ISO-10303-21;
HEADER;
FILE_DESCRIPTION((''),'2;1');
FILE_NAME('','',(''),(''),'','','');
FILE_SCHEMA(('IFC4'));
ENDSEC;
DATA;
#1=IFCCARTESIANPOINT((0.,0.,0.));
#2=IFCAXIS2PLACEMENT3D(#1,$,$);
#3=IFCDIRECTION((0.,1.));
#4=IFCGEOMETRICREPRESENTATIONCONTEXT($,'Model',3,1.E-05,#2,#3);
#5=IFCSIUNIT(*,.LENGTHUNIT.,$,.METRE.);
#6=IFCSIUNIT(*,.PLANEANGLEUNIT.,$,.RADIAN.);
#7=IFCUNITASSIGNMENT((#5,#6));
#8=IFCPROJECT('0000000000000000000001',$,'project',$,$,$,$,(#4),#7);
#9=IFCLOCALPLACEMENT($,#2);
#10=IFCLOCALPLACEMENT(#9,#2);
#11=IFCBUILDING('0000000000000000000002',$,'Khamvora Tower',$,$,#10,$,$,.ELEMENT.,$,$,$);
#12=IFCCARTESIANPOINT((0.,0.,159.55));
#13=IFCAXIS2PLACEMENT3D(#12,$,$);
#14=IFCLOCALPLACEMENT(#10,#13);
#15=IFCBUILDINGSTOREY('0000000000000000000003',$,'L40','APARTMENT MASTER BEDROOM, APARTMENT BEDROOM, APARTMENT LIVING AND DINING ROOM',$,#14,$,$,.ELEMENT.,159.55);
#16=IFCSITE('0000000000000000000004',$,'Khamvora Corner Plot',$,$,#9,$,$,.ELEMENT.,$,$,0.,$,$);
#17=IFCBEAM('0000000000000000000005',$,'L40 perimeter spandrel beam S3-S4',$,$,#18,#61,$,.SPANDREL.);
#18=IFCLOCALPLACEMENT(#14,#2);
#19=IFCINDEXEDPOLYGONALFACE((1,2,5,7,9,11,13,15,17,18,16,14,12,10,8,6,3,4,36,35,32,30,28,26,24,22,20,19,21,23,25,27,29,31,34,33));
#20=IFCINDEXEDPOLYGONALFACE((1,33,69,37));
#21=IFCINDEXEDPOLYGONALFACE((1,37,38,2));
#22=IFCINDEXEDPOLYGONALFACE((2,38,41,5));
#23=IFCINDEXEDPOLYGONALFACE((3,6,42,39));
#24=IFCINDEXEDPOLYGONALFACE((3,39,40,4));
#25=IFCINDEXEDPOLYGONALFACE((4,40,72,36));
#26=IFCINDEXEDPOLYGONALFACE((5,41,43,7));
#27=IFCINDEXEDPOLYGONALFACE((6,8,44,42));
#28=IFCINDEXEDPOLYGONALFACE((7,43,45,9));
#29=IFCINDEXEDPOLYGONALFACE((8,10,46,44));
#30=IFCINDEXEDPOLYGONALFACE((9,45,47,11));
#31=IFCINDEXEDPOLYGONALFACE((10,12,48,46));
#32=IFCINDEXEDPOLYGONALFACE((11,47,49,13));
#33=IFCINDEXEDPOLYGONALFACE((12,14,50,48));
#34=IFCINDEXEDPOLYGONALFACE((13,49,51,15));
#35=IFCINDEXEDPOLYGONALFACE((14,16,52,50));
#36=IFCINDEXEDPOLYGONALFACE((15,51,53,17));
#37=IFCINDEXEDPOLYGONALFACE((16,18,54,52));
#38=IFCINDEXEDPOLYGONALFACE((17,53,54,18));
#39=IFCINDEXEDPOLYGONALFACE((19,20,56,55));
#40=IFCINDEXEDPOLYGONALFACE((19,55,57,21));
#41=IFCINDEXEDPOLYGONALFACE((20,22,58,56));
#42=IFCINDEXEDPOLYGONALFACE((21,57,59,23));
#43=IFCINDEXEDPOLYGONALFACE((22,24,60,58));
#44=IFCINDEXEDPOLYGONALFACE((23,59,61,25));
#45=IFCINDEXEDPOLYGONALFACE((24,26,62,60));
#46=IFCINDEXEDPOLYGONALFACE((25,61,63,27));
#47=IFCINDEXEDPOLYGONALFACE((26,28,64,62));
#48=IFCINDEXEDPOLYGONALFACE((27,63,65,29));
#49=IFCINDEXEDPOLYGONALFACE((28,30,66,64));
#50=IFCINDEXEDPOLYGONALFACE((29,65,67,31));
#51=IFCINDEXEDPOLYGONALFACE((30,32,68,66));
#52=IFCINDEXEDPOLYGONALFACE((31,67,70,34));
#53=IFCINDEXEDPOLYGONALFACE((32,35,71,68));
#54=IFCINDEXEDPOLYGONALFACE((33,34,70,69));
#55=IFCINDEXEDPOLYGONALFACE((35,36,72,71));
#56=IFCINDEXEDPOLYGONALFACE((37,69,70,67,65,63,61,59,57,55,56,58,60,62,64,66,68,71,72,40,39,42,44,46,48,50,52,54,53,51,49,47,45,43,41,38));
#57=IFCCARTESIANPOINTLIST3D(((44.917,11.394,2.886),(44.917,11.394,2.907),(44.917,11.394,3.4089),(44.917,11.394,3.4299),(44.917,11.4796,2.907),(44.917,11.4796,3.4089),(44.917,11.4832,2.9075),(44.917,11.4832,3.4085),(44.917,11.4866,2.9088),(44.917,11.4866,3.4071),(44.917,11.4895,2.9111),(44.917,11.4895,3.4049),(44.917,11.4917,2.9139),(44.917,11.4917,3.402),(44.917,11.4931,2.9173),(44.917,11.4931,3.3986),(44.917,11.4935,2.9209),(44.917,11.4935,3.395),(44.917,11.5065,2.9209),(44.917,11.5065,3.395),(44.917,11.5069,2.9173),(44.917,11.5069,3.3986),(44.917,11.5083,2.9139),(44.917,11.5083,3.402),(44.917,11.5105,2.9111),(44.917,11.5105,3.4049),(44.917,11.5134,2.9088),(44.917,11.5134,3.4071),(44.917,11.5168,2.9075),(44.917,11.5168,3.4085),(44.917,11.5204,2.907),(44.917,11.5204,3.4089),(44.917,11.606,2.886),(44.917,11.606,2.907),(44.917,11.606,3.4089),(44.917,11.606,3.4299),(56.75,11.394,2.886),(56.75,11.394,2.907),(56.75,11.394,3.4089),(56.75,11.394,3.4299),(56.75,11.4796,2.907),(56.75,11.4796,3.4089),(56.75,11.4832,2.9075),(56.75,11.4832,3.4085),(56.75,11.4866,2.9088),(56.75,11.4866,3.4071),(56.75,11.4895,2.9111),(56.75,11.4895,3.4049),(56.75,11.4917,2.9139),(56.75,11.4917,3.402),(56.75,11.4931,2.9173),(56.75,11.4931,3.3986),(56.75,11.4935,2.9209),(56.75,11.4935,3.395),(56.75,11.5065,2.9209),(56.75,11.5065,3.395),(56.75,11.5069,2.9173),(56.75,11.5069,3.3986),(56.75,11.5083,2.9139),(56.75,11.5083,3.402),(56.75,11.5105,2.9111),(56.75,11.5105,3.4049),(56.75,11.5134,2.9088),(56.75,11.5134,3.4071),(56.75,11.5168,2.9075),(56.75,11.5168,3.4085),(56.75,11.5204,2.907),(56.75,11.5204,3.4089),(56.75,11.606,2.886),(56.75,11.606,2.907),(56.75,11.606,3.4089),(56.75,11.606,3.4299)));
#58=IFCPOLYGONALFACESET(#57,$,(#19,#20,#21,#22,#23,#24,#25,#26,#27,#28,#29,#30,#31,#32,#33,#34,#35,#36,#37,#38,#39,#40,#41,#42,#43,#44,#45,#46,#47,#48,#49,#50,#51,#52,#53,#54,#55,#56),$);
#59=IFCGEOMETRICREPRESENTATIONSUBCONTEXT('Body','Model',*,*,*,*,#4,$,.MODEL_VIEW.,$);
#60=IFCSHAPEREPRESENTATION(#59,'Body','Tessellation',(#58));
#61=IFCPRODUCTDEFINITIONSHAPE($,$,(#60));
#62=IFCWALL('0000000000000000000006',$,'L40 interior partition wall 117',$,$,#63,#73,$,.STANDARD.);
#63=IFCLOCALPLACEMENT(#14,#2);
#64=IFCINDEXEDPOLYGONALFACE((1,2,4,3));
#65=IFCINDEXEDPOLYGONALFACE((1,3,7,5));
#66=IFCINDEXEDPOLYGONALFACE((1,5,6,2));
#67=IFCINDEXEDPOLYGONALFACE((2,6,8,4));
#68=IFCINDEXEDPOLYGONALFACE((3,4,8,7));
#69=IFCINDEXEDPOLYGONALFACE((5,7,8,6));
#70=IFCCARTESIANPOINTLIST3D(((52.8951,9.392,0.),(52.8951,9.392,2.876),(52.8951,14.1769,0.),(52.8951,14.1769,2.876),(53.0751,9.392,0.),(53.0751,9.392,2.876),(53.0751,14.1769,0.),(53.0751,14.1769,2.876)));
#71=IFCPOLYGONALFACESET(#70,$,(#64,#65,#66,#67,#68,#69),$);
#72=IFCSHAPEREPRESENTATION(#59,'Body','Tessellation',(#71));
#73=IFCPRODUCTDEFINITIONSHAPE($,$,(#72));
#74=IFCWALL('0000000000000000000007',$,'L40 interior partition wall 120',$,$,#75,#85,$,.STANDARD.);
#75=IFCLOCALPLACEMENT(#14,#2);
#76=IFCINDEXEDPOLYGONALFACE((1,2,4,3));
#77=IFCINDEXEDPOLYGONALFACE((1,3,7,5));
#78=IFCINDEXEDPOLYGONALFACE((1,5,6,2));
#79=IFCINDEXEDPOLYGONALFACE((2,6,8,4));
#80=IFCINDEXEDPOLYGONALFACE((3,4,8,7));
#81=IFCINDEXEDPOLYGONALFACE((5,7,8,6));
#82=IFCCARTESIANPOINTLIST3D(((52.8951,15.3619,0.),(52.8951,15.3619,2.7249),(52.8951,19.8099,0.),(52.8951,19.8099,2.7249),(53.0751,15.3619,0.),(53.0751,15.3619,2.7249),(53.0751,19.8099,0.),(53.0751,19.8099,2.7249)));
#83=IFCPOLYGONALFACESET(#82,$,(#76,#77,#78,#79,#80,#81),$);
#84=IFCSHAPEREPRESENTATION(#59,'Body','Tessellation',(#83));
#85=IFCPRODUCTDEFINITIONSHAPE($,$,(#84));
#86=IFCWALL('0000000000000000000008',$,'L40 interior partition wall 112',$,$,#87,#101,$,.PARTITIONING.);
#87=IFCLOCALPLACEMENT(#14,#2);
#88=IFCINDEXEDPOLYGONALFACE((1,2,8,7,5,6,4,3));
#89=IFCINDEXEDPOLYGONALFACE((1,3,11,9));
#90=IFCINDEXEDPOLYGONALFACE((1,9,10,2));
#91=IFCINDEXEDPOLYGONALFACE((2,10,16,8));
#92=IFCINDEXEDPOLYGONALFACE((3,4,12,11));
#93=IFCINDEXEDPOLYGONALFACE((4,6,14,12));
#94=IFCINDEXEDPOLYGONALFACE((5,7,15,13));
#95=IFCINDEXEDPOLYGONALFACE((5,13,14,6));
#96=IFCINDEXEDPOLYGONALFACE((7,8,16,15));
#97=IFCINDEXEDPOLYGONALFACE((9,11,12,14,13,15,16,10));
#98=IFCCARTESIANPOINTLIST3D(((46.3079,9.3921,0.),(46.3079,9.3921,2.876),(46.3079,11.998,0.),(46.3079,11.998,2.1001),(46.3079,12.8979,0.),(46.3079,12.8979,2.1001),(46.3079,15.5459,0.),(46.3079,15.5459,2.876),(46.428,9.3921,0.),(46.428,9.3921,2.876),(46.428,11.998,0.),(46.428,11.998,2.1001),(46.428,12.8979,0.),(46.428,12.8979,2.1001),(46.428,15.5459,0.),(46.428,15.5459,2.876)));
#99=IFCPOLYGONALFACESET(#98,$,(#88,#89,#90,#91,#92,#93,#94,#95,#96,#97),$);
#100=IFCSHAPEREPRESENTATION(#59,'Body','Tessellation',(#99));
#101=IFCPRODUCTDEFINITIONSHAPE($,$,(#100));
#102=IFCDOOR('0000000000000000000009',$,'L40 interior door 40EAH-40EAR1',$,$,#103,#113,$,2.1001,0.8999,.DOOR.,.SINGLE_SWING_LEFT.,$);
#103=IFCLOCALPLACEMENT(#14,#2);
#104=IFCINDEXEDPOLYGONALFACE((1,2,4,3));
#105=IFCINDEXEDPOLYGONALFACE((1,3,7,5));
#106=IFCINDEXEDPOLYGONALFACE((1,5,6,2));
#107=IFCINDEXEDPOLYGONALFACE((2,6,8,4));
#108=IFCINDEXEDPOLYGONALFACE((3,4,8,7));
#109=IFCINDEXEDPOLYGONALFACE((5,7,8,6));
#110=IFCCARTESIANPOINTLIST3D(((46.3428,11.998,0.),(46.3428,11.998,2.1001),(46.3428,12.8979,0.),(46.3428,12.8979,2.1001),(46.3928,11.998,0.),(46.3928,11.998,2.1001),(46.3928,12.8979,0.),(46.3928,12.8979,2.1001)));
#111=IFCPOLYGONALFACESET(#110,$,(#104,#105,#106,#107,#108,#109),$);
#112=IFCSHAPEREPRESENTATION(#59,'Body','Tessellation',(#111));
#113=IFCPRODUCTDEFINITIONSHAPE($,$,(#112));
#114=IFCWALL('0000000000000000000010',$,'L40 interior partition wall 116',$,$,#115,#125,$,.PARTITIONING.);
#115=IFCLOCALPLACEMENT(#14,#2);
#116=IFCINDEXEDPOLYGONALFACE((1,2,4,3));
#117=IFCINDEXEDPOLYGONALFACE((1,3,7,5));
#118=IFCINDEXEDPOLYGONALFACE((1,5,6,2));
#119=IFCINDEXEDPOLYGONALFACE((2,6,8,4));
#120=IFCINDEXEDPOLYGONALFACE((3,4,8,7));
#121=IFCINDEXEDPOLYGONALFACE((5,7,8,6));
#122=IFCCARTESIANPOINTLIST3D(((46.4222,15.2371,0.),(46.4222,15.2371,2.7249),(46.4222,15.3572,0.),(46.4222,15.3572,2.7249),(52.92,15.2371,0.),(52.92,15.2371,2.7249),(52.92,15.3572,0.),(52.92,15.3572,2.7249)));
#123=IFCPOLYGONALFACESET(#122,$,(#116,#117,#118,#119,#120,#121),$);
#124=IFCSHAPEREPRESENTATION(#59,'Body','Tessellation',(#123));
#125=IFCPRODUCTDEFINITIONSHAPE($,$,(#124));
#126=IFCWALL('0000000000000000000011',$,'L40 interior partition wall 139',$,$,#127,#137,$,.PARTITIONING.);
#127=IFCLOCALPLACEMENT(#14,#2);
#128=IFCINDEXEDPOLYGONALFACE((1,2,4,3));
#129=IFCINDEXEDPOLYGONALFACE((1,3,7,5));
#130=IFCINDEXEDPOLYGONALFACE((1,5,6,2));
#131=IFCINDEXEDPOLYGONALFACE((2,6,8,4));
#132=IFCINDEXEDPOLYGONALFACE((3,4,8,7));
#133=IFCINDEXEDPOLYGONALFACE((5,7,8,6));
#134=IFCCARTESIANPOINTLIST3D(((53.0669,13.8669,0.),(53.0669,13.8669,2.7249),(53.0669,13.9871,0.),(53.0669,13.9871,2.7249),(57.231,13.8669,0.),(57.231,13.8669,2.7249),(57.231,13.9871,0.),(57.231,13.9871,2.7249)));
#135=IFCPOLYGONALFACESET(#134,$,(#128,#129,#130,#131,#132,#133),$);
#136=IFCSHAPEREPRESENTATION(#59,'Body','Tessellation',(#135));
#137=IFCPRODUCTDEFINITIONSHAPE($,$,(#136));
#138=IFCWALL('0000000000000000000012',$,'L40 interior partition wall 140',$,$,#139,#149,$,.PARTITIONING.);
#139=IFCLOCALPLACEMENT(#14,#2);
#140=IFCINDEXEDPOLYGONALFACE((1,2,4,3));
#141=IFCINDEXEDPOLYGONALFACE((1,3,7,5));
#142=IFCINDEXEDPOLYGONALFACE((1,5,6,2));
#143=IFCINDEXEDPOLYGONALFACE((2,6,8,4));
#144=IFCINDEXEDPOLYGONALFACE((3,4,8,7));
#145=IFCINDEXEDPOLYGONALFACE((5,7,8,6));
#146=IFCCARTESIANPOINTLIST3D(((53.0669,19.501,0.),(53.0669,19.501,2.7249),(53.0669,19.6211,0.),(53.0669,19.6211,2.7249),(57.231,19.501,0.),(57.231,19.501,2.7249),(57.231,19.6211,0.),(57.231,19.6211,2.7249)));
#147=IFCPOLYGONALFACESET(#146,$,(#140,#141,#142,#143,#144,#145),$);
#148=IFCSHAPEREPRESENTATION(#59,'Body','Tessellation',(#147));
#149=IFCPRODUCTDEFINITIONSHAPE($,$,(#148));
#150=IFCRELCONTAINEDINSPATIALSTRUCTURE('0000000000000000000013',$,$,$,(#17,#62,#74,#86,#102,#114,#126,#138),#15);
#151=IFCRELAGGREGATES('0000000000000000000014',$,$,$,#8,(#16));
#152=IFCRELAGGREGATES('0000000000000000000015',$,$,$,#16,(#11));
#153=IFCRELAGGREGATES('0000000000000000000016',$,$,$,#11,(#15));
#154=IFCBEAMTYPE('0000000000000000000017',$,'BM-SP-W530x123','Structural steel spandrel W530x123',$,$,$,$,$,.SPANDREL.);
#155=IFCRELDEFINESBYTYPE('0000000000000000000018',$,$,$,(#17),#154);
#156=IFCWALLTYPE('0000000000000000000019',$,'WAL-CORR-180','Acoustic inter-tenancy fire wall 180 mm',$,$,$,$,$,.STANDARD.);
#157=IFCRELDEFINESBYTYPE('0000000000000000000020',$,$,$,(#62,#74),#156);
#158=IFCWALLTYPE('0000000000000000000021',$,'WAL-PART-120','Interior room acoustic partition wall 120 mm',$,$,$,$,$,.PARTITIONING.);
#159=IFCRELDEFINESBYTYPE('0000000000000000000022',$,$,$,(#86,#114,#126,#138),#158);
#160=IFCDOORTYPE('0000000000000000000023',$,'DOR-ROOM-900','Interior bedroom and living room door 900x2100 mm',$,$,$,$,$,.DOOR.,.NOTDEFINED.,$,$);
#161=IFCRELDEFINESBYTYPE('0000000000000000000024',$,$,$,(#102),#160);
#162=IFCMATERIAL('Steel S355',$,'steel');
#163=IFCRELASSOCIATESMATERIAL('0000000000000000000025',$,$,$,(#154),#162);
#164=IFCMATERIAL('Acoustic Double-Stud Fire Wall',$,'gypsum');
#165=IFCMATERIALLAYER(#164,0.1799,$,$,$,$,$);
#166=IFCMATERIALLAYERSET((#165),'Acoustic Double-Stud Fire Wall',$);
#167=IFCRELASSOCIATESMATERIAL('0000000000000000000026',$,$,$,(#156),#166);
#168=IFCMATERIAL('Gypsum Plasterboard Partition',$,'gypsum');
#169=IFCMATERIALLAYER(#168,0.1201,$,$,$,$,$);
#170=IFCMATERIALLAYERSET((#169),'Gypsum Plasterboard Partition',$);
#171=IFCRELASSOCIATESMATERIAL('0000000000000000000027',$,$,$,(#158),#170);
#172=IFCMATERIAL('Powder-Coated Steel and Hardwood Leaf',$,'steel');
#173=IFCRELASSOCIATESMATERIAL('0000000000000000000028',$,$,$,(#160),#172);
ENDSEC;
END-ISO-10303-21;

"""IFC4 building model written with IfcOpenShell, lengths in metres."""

from ifc_helpers import new_model, si_unit, direction, frame, frame_2d, origin, origin_2d, place, context, subcontext, project, spatial, rectangle, i_section, extrude, material, layer, layer_set, material_profile, profile_set, type_object, element, fill, save


model = new_model("IFC4")

# Units and contexts
model_context = context("Model", 3, precision=1e-05, world=origin(), true_north=direction((0.0, 1.0)))
body_context = subcontext(model_context, "Body", "Model", "MODEL_VIEW")
ifc_project = project(units=[si_unit("LENGTHUNIT", "METRE"), si_unit("PLANEANGLEUNIT", "RADIAN")], contexts=[model_context])

# Site, building, storey
site_placement = place(None, origin())
site = spatial("IfcSite", under=ifc_project, at=site_placement, Name="Khamvora Corner Plot", CompositionType="ELEMENT", RefElevation=0.0)
building_placement = place(site_placement, origin())
building = spatial("IfcBuilding", under=site, at=building_placement, Name="Khamvora Tower", CompositionType="ELEMENT")
storey_placement = place(building_placement, frame((0.0, 0.0, 159.55)))
storey = spatial("IfcBuildingStorey", under=building, at=storey_placement, Name="L40", Description="APARTMENT MASTER BEDROOM, APARTMENT BEDROOM, APARTMENT LIVING AND DINING ROOM", CompositionType="ELEMENT", Elevation=159.55)

# Shared definitions
ifc_material_1 = material(Name="Steel S355", Category="steel")

# Beam
ifc_material_profile_1 = material_profile(ifc_material_1, i_section(OverallWidth=0.2119, OverallDepth=0.5439, WebThickness=0.0129, FlangeThickness=0.021, FilletRadius=0.0139, at=origin_2d()), Name="W530x123")
ifc_profile_set_1 = profile_set([ifc_material_profile_1], Name="Steel S355")
beam_type_1 = type_object("IfcBeamType", Name="BM-SP-W530x123", Description="Structural steel spandrel W530x123", PredefinedType="SPANDREL", material=ifc_profile_set_1)
beam_1_placement = place(storey_placement, frame((44.917, 11.5, 3.158), z_axis=(1.0, 0.0, 0.0), x_axis=(0.0, 1.0, 0.0)))
element("IfcBeam", 1, at=beam_1_placement, inside=storey, type_object=beam_type_1, Name="L40 perimeter spandrel beam S3-S4", PredefinedType="SPANDREL", context=body_context, shape_type="SweptSolid", body=[
    extrude(i_section(OverallWidth=0.2119, OverallDepth=0.5439, WebThickness=0.0129, FlangeThickness=0.021, FilletRadius=0.0139, at=origin_2d()), origin(), (0.0, 0.0, 1.0), 11.833),
])

# Walls
ifc_material_2 = material(Name="Acoustic Double-Stud Fire Wall", Category="gypsum")
ifc_layer_1 = layer(ifc_material_2, 0.1799)
ifc_layer_set_1 = layer_set([ifc_layer_1], Name="Acoustic Double-Stud Fire Wall")
wall_type_1 = type_object("IfcWallType", Name="WAL-CORR-180", Description="Acoustic inter-tenancy fire wall 180 mm", PredefinedType="STANDARD", material=ifc_layer_set_1)
wall_1_placement = place(storey_placement, frame((52.9851, 14.177, 0.0), z_axis=(0.0, 0.0, 1.0), x_axis=(0.0, -1.0, 0.0)))
element("IfcWall", 2, at=wall_1_placement, inside=storey, type_object=wall_type_1, Name="L40 interior partition wall 117", PredefinedType="STANDARD", context=body_context, shape_type="SweptSolid", body=[
    extrude(rectangle(XDim=4.7849, YDim=0.1799, at=frame_2d((2.3926, 0.0))), origin(), (0.0, 0.0, 1.0), 2.876),
])
wall_2_placement = place(storey_placement, frame((52.9851, 19.8101, 0.0), z_axis=(0.0, 0.0, 1.0), x_axis=(0.0, -1.0, 0.0)))
element("IfcWall", 3, at=wall_2_placement, inside=storey, type_object=wall_type_1, Name="L40 interior partition wall 120", PredefinedType="STANDARD", context=body_context, shape_type="SweptSolid", body=[
    extrude(rectangle(XDim=4.448, YDim=0.1799, at=frame_2d((2.2241, 0.0))), origin(), (0.0, 0.0, 1.0), 2.7249),
])

# Wall, opening, door
ifc_material_3 = material(Name="Gypsum Plasterboard Partition", Category="gypsum")
ifc_layer_2 = layer(ifc_material_3, 0.1201)
ifc_layer_set_2 = layer_set([ifc_layer_2], Name="Gypsum Plasterboard Partition")
wall_type_2 = type_object("IfcWallType", Name="WAL-PART-120", Description="Interior room acoustic partition wall 120 mm", PredefinedType="PARTITIONING", material=ifc_layer_set_2)
wall_3_placement = place(storey_placement, frame((46.3679, 15.5459, 0.0), z_axis=(0.0, 0.0, 1.0), x_axis=(0.0, -1.0, 0.0)))
wall_3 = element("IfcWall", 4, at=wall_3_placement, inside=storey, type_object=wall_type_2, Name="L40 interior partition wall 112", PredefinedType="PARTITIONING", context=body_context, shape_type="SweptSolid", body=[
    extrude(rectangle(XDim=6.1538, YDim=0.1201, at=frame_2d((3.0769, 0.0))), origin(), (0.0, 0.0, 1.0), 2.876),
])
opening_placement = place(wall_3_placement, frame((2.6479, 0.0, 0.0)))
opening = element("IfcOpeningElement", 5, at=opening_placement, cuts=wall_3, PredefinedType="OPENING", context=body_context, shape_type="SweptSolid", body=[
    extrude(rectangle(XDim=0.8999, YDim=2.1001, at=frame_2d((0.45, 1.05))), frame((0.0, 0.0701, 0.0), z_axis=(0.0, -1.0, 0.0), x_axis=(1.0, 0.0, 0.0)), (0.0, 0.0, 1.0), 0.1401),
])
ifc_material_4 = material(Name="Powder-Coated Steel and Hardwood Leaf", Category="steel")
door_type = type_object("IfcDoorType", Name="DOR-ROOM-900", Description="Interior bedroom and living room door 900x2100 mm", OperationType="NOTDEFINED", PredefinedType="DOOR", material=ifc_material_4)
door_placement = place(opening_placement, origin())
door = element("IfcDoor", 6, at=door_placement, inside=storey, type_object=door_type, Name="L40 interior door 40EAH-40EAR1", OperationType="SINGLE_SWING_LEFT", OverallHeight=2.1001, OverallWidth=0.8999, PredefinedType="DOOR", context=body_context, shape_type="SweptSolid", body=[
    extrude(rectangle(XDim=0.8999, YDim=2.1001, at=frame_2d((0.45, 1.05))), frame((0.0, 0.0249, 0.0), z_axis=(0.0, -1.0, 0.0), x_axis=(1.0, 0.0, 0.0)), (0.0, 0.0, 1.0), 0.05),
])
fill(opening, door)

# Walls
wall_4_placement = place(storey_placement, frame((46.4221, 15.2971, 0.0), z_axis=(0.0, 0.0, 1.0), x_axis=(1.0, 0.0, 0.0)))
element("IfcWall", 7, at=wall_4_placement, inside=storey, type_object=wall_type_2, Name="L40 interior partition wall 116", PredefinedType="PARTITIONING", context=body_context, shape_type="SweptSolid", body=[
    extrude(rectangle(XDim=6.4978, YDim=0.1201, at=frame_2d((3.249, 0.0))), origin(), (0.0, 0.0, 1.0), 2.7249),
])
for number, where, z_axis, x_axis, name in (
    (8, (53.0669, 13.927, 0.0), (0.0, 0.0, 1.0), (1.0, 0.0, 0.0), "L40 interior partition wall 139"),
    (9, (53.0669, 19.561, 0.0), (0.0, 0.0, 1.0), (1.0, 0.0, 0.0), "L40 interior partition wall 140"),
):
    element("IfcWall", number, at=place(storey_placement, frame(where, z_axis=z_axis, x_axis=x_axis)), inside=storey, type_object=wall_type_2, Name=name, PredefinedType="PARTITIONING", context=body_context, shape_type="SweptSolid", body=[
        extrude(rectangle(XDim=4.1641, YDim=0.1201, at=frame_2d((2.082, 0.0))), origin(), (0.0, 0.0, 1.0), 2.7249),
    ])

save(model, "model.ifc")
